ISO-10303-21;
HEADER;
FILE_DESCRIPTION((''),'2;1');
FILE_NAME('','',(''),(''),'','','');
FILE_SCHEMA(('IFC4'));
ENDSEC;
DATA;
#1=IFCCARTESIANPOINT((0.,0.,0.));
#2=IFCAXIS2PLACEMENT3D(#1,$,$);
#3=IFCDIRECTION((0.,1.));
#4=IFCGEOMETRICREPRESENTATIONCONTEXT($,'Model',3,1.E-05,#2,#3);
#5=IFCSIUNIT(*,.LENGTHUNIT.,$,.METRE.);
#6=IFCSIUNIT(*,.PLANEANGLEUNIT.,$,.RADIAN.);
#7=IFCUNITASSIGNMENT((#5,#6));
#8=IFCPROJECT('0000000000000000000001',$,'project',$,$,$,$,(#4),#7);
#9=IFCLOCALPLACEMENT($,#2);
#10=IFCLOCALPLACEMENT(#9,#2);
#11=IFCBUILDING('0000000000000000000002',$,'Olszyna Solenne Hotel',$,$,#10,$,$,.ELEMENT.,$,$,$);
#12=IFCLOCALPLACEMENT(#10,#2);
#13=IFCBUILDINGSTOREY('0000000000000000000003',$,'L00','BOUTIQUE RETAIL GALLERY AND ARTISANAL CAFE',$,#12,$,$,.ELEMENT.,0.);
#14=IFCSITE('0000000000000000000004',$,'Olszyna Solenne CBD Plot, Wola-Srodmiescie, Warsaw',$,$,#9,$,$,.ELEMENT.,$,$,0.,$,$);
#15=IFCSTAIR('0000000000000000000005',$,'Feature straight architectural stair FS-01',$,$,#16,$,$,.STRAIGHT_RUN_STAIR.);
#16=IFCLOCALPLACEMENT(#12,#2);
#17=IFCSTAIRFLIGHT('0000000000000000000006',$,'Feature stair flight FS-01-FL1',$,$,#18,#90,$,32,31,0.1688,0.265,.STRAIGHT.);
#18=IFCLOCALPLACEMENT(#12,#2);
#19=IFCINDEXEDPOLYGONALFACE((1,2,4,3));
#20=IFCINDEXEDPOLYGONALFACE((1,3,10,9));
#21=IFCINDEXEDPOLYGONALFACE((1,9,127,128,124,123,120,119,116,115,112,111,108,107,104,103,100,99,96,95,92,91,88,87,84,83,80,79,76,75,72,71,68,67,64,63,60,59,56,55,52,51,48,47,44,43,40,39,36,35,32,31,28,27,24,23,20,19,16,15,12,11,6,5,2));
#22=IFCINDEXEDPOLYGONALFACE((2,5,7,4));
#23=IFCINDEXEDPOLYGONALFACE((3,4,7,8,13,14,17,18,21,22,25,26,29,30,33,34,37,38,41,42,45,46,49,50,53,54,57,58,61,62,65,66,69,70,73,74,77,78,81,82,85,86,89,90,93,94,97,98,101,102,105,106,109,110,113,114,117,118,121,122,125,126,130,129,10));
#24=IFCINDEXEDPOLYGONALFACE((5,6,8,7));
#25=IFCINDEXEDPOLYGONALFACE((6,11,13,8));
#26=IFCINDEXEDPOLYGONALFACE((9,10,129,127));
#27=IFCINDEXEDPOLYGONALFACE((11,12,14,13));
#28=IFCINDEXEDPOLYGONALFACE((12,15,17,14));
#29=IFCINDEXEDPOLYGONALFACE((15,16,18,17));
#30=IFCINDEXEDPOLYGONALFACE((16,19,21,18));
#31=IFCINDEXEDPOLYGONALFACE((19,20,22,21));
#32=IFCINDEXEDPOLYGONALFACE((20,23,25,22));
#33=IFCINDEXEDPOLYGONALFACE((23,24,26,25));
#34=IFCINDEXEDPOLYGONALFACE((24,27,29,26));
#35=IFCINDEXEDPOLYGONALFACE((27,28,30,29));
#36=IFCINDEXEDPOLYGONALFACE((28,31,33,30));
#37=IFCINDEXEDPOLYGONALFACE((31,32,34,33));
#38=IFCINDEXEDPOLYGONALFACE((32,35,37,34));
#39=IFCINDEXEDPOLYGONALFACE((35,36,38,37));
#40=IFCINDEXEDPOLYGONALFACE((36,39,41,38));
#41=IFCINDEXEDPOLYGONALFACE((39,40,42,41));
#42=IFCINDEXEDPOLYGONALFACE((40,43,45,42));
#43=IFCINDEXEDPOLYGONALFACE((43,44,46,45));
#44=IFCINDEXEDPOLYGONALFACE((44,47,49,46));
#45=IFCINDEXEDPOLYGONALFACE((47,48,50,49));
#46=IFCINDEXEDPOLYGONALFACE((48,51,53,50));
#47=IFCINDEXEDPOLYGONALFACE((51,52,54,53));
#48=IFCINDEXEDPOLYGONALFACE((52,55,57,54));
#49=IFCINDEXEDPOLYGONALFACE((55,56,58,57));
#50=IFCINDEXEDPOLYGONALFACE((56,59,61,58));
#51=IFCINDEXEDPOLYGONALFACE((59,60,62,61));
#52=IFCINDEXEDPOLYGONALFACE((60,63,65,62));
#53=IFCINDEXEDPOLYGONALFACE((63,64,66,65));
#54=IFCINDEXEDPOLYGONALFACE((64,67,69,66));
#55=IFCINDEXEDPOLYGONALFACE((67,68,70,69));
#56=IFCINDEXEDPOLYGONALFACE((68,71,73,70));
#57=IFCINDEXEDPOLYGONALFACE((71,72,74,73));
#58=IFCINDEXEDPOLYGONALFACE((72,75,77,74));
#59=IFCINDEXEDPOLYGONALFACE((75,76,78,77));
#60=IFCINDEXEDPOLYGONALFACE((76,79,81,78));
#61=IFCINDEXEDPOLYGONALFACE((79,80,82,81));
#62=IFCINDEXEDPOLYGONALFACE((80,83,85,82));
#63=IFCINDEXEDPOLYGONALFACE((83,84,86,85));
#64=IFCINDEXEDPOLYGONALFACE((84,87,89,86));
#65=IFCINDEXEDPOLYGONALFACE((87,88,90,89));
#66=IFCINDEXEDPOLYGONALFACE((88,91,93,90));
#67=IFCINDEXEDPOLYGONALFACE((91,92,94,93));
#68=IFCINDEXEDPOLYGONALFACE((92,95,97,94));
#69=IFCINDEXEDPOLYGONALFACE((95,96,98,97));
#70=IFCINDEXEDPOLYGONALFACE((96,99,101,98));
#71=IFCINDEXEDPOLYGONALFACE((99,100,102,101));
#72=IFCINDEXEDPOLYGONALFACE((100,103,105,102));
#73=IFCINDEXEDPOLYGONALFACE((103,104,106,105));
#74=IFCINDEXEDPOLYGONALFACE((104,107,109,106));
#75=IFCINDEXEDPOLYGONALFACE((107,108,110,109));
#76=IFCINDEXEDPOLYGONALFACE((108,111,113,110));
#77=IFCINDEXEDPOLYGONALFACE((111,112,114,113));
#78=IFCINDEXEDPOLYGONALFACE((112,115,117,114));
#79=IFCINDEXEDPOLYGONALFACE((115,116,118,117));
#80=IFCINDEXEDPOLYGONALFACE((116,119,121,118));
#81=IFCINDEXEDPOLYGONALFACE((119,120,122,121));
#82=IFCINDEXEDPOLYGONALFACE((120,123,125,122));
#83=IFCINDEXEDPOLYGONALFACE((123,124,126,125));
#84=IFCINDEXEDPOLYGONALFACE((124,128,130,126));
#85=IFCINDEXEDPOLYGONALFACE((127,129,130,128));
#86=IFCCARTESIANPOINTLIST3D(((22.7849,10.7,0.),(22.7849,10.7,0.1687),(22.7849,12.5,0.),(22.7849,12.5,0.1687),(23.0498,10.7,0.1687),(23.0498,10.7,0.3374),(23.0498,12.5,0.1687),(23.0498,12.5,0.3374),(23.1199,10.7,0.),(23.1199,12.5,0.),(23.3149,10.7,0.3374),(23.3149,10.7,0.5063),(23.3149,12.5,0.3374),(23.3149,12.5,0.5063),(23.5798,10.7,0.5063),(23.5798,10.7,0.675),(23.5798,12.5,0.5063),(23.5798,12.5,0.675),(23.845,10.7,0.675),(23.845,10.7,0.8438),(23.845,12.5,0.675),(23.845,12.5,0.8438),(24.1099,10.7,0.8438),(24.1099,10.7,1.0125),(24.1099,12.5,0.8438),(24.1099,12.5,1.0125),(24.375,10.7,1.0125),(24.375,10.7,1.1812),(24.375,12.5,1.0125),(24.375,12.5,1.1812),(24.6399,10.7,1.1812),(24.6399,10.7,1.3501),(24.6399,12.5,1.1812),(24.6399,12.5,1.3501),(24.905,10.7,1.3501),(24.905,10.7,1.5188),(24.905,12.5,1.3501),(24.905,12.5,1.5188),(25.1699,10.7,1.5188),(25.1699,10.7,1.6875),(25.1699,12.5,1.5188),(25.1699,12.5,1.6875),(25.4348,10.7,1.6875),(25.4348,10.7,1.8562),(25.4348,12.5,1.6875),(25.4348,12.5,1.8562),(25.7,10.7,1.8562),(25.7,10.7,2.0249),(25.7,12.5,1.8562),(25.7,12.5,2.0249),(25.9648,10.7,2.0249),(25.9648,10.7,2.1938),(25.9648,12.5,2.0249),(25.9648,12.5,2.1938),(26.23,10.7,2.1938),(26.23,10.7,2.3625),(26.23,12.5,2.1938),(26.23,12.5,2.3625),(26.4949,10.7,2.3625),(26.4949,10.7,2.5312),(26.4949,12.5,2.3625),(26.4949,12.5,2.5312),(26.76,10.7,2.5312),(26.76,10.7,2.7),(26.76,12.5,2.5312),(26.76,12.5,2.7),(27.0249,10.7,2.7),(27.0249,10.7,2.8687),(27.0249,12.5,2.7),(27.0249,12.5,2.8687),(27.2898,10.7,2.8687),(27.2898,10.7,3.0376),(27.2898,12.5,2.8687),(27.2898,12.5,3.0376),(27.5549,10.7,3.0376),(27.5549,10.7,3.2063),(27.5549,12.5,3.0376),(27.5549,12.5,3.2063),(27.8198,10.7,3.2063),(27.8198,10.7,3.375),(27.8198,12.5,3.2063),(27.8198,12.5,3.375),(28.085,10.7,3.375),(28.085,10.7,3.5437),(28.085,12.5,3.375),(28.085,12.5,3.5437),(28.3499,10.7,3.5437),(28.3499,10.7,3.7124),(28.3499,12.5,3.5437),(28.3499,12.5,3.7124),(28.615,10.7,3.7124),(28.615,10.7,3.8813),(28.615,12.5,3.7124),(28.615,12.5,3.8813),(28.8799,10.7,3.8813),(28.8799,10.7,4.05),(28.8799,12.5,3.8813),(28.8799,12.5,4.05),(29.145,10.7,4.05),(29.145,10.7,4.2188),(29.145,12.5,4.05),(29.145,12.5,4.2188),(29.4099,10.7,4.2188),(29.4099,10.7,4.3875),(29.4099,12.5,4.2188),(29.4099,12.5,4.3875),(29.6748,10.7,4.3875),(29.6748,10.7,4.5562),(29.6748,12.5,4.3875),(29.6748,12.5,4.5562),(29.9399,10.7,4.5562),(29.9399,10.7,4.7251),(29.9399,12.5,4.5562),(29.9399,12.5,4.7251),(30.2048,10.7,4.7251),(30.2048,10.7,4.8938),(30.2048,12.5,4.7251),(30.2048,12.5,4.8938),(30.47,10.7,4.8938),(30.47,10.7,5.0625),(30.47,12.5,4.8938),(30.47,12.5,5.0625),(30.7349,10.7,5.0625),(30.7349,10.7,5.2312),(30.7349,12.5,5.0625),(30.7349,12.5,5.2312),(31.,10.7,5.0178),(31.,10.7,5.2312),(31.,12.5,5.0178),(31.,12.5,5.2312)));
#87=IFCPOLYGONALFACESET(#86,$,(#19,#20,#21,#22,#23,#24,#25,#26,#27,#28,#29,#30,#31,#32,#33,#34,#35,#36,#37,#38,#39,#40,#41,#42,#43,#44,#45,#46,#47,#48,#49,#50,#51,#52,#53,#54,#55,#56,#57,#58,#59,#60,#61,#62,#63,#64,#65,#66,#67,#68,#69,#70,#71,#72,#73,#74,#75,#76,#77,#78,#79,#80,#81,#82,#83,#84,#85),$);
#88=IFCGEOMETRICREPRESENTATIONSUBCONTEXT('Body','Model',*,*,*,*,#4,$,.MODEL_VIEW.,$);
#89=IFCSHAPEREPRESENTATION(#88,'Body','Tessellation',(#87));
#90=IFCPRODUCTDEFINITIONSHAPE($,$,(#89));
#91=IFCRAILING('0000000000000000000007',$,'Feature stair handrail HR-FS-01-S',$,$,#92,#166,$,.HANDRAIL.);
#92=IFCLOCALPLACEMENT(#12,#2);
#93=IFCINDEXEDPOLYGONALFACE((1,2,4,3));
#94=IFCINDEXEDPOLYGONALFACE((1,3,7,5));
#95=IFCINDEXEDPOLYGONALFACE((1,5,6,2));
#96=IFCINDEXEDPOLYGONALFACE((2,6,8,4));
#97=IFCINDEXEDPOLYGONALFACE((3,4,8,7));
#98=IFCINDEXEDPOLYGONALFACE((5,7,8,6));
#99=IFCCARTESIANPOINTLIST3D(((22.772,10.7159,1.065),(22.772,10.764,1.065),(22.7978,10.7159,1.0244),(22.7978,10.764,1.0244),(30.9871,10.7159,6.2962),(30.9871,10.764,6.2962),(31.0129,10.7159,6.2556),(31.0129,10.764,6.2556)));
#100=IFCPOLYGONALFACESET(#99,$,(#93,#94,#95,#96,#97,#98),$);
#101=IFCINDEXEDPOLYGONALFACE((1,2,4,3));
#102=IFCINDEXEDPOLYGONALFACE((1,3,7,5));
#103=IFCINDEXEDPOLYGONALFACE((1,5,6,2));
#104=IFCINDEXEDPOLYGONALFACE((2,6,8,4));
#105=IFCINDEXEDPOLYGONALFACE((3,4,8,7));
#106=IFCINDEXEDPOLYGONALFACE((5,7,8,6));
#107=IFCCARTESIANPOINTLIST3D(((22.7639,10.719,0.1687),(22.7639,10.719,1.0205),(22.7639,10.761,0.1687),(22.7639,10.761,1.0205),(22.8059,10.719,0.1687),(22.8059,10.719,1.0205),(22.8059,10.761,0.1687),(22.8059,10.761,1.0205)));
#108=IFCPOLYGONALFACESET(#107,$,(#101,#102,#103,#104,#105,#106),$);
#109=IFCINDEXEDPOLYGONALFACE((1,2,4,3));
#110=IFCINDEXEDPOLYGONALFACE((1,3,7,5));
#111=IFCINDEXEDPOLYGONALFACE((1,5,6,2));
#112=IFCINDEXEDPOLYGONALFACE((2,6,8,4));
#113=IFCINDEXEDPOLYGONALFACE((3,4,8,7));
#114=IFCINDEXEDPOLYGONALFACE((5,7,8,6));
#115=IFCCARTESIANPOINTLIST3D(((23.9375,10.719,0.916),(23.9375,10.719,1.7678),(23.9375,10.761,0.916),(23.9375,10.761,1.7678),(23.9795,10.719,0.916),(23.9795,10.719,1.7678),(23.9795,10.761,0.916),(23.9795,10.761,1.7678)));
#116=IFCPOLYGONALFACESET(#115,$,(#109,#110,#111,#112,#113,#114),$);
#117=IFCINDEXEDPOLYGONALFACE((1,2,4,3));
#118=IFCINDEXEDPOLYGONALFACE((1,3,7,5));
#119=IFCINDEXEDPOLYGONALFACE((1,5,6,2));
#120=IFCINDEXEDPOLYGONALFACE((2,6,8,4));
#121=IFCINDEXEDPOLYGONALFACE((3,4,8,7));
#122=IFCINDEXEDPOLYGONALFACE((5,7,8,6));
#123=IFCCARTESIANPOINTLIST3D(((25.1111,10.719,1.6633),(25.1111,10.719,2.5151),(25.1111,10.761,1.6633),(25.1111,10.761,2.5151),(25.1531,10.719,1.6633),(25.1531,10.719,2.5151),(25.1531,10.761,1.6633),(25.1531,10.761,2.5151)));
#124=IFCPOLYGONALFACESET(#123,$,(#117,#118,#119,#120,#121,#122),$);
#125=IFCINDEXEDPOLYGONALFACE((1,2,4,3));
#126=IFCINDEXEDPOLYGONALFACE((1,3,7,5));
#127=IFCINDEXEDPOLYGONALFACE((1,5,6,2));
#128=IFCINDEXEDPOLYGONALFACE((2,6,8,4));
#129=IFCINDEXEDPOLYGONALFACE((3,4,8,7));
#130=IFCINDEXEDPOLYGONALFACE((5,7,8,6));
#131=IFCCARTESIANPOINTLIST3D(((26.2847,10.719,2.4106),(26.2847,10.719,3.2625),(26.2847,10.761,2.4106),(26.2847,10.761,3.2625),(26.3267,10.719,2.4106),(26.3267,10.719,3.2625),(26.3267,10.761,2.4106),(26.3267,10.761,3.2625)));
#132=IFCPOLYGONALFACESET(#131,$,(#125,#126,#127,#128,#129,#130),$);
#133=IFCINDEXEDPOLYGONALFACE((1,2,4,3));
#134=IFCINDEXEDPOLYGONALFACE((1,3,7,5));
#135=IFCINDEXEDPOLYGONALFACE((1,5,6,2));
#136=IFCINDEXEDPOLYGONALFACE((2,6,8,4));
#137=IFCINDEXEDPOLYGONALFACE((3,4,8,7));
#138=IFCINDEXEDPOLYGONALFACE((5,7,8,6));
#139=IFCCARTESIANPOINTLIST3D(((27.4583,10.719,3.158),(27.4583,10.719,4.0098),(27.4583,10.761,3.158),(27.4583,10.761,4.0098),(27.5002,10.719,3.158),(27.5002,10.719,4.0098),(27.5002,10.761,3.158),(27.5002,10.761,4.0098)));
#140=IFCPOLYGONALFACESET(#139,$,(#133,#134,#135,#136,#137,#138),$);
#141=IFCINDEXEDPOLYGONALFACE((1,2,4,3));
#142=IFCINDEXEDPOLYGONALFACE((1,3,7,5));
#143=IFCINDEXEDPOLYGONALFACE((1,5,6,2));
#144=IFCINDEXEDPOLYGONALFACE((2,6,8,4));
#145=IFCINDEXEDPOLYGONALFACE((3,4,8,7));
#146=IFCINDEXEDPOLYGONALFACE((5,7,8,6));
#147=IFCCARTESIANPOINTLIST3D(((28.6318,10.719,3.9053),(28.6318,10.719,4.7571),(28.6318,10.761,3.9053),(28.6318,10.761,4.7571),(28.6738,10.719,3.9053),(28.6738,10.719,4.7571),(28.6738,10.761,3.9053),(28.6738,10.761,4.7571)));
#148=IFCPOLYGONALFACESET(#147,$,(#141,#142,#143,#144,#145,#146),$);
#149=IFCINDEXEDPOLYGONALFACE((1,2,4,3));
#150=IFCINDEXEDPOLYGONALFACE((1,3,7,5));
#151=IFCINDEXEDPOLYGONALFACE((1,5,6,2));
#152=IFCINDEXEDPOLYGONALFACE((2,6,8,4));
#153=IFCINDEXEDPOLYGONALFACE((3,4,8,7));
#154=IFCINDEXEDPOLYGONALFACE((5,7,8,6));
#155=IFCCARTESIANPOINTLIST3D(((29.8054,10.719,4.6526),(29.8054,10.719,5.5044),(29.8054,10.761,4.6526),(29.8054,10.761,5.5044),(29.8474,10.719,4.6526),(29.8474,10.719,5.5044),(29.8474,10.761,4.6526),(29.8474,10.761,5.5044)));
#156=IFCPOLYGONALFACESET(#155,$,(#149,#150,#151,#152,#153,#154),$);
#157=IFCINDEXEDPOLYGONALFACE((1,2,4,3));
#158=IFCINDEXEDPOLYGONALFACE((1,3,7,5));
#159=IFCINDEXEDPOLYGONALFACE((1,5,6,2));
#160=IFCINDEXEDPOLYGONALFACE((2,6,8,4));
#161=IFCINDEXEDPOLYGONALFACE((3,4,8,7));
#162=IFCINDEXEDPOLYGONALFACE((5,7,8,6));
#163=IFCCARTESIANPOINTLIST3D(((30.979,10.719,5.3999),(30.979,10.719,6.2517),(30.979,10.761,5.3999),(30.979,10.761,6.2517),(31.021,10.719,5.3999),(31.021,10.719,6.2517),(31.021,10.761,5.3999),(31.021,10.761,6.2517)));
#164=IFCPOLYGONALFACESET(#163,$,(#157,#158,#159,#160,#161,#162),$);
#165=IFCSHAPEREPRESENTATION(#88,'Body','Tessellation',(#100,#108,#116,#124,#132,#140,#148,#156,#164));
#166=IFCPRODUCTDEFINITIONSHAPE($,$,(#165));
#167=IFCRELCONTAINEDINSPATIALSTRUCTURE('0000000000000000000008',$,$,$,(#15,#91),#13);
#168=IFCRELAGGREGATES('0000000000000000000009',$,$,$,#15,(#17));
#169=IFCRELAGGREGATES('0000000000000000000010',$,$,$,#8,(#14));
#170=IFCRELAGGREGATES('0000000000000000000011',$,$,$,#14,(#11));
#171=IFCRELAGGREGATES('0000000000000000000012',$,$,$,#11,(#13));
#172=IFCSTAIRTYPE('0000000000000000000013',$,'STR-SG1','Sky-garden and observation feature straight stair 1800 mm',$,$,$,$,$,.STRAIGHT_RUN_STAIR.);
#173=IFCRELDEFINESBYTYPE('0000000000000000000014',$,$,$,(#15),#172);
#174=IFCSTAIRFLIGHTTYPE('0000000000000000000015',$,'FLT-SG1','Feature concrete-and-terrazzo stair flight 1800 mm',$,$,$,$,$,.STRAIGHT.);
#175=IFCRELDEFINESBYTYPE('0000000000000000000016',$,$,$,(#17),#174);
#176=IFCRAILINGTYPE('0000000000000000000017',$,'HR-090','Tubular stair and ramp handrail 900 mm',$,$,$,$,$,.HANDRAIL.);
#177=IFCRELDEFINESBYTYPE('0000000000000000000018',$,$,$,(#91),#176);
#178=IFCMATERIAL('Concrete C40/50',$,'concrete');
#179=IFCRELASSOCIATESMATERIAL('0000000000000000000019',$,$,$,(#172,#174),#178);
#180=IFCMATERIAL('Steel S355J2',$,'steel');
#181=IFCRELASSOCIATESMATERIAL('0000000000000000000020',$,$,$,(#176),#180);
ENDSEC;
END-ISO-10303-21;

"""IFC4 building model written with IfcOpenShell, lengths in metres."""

from ifc_helpers import new_model, si_unit, direction, frame, origin, origin_2d, place, context, subcontext, project, spatial, polyline, rectangle, outline, extrude, material, type_object, element, aggregate, save


model = new_model("IFC4")

# Units and contexts
model_context = context("Model", 3, precision=1e-05, world=origin(), true_north=direction((0.0, 1.0)))
body_context = subcontext(model_context, "Body", "Model", "MODEL_VIEW")
ifc_project = project(units=[si_unit("LENGTHUNIT", "METRE"), si_unit("PLANEANGLEUNIT", "RADIAN")], contexts=[model_context])

# Site, building, storey
site_placement = place(None, origin())
site = spatial("IfcSite", under=ifc_project, at=site_placement, Name="Olszyna Solenne CBD Plot, Wola-Srodmiescie, Warsaw", CompositionType="ELEMENT", RefElevation=0.0)
building_placement = place(site_placement, origin())
building = spatial("IfcBuilding", under=site, at=building_placement, Name="Olszyna Solenne Hotel", CompositionType="ELEMENT")
storey_placement = place(building_placement, origin())
storey = spatial("IfcBuildingStorey", under=building, at=storey_placement, Name="L00", Description="BOUTIQUE RETAIL GALLERY AND ARTISANAL CAFE", CompositionType="ELEMENT", Elevation=0.0)

# Shared definitions
ifc_material_1 = material(Name="Steel S355J2", Category="steel")

# Stair, stair flight
ifc_material_2 = material(Name="Concrete C40/50", Category="concrete")
stair_type = type_object("IfcStairType", Name="STR-SG1", Description="Sky-garden and observation feature straight stair 1800 mm", PredefinedType="STRAIGHT_RUN_STAIR", material=ifc_material_2)
stair_placement = place(storey_placement, origin())
stair = element("IfcStair", 1, at=stair_placement, inside=storey, type_object=stair_type, Name="Feature straight architectural stair FS-01", PredefinedType="STRAIGHT_RUN_STAIR")
stair_flight_type = type_object("IfcStairFlightType", Name="FLT-SG1", Description="Feature concrete-and-terrazzo stair flight 1800 mm", PredefinedType="STRAIGHT", material=ifc_material_2)
stair_flight_placement = place(storey_placement, frame((22.7849, 11.6001, 0.0), z_axis=(0.0, 0.0, 1.0), x_axis=(1.0, 0.0, 0.0)))
stair_flight = element("IfcStairFlight", 2, at=stair_flight_placement, type_object=stair_flight_type, Name="Feature stair flight FS-01-FL1", NumberOfRisers=32, NumberOfTreads=31, PredefinedType="STRAIGHT", RiserHeight=0.1688, TreadLength=0.265, context=body_context, shape_type="SweptSolid", body=[
    extrude(outline(polyline([(0.0, 0.0), (0.0, 0.1687), (0.2649, 0.1687), (0.2649, 0.3374), (0.53, 0.3374), (0.53, 0.5063), (0.7949, 0.5063), (0.7949, 0.675), (1.0601, 0.675), (1.0601, 0.8438), (1.325, 0.8438), (1.325, 1.0125), (1.5901, 1.0125), (1.5901, 1.1812), (1.855, 1.1812), (1.855, 1.3501), (2.1201, 1.3501), (2.1201, 1.5188), (2.385, 1.5188), (2.385, 1.6875), (2.6499, 1.6875), (2.6499, 1.8562), (2.915, 1.8562), (2.915, 2.0249), (3.1799, 2.0249), (3.1799, 2.1938), (3.4451, 2.1938), (3.4451, 2.3625), (3.71, 2.3625), (3.71, 2.5312), (3.9751, 2.5312), (3.9751, 2.7), (4.24, 2.7), (4.24, 2.8687), (4.5049, 2.8687), (4.5049, 3.0376), (4.77, 3.0376), (4.77, 3.2063), (5.0349, 3.2063), (5.0349, 3.375), (5.3, 3.375), (5.3, 3.5437), (5.5649, 3.5437), (5.5649, 3.7124), (5.8301, 3.7124), (5.8301, 3.8813), (6.095, 3.8813), (6.095, 4.05), (6.3601, 4.05), (6.3601, 4.2188), (6.625, 4.2188), (6.625, 4.3875), (6.8899, 4.3875), (6.8899, 4.5562), (7.155, 4.5562), (7.155, 4.7251), (7.4199, 4.7251), (7.4199, 4.8938), (7.6851, 4.8938), (7.6851, 5.0625), (7.95, 5.0625), (7.95, 5.2312), (8.2151, 5.2312), (8.2151, 5.3999), (8.2151, 5.0178), (0.335, 0.0), (0.0, 0.0)])), frame((0.0, 0.8999, 0.0), z_axis=(0.0, -1.0, 0.0), x_axis=(1.0, 0.0, 0.0)), (0.0, 0.0, 1.0), 1.8),
])
aggregate(stair, [stair_flight])

# Railing
railing_type = type_object("IfcRailingType", Name="HR-090", Description="Tubular stair and ramp handrail 900 mm", PredefinedType="HANDRAIL", material=ifc_material_1)
for number, where, name in (
    (3, (22.7849, 10.74, 0.1687), "Feature stair handrail HR-FS-01-S"),
):
    element("IfcRailing", number, at=place(storey_placement, frame(where)), inside=storey, type_object=railing_type, Name=name, PredefinedType="HANDRAIL", context=body_context, shape_type="SweptSolid", body=[
        extrude(rectangle(XDim=0.0481, YDim=0.0481, at=origin_2d()), frame((0.0, 0.0, 0.876), z_axis=(0.843502, 0.0, 0.537125), x_axis=(0.0, 1.0, 0.0)), (0.0, 0.0, 1.0), 9.7393),
        extrude(rectangle(XDim=0.042, YDim=0.042, at=origin_2d()), origin(), (0.0, 0.0, 1.0), 0.8518),
        extrude(rectangle(XDim=0.042, YDim=0.042, at=origin_2d()), frame((1.1736, 0.0, 0.7473)), (0.0, 0.0, 1.0), 0.8518),
        extrude(rectangle(XDim=0.042, YDim=0.042, at=origin_2d()), frame((2.3472, 0.0, 1.4946)), (0.0, 0.0, 1.0), 0.8518),
        extrude(rectangle(XDim=0.042, YDim=0.042, at=origin_2d()), frame((3.5208, 0.0, 2.2419)), (0.0, 0.0, 1.0), 0.8518),
        extrude(rectangle(XDim=0.042, YDim=0.042, at=origin_2d()), frame((4.6943, 0.0, 2.9893)), (0.0, 0.0, 1.0), 0.8518),
        extrude(rectangle(XDim=0.042, YDim=0.042, at=origin_2d()), frame((5.8679, 0.0, 3.7366)), (0.0, 0.0, 1.0), 0.8518),
        extrude(rectangle(XDim=0.042, YDim=0.042, at=origin_2d()), frame((7.0415, 0.0, 4.4839)), (0.0, 0.0, 1.0), 0.8518),
        extrude(rectangle(XDim=0.042, YDim=0.042, at=origin_2d()), frame((8.2151, 0.0, 5.2312)), (0.0, 0.0, 1.0), 0.8518),
    ])

save(model, "model.ifc")
